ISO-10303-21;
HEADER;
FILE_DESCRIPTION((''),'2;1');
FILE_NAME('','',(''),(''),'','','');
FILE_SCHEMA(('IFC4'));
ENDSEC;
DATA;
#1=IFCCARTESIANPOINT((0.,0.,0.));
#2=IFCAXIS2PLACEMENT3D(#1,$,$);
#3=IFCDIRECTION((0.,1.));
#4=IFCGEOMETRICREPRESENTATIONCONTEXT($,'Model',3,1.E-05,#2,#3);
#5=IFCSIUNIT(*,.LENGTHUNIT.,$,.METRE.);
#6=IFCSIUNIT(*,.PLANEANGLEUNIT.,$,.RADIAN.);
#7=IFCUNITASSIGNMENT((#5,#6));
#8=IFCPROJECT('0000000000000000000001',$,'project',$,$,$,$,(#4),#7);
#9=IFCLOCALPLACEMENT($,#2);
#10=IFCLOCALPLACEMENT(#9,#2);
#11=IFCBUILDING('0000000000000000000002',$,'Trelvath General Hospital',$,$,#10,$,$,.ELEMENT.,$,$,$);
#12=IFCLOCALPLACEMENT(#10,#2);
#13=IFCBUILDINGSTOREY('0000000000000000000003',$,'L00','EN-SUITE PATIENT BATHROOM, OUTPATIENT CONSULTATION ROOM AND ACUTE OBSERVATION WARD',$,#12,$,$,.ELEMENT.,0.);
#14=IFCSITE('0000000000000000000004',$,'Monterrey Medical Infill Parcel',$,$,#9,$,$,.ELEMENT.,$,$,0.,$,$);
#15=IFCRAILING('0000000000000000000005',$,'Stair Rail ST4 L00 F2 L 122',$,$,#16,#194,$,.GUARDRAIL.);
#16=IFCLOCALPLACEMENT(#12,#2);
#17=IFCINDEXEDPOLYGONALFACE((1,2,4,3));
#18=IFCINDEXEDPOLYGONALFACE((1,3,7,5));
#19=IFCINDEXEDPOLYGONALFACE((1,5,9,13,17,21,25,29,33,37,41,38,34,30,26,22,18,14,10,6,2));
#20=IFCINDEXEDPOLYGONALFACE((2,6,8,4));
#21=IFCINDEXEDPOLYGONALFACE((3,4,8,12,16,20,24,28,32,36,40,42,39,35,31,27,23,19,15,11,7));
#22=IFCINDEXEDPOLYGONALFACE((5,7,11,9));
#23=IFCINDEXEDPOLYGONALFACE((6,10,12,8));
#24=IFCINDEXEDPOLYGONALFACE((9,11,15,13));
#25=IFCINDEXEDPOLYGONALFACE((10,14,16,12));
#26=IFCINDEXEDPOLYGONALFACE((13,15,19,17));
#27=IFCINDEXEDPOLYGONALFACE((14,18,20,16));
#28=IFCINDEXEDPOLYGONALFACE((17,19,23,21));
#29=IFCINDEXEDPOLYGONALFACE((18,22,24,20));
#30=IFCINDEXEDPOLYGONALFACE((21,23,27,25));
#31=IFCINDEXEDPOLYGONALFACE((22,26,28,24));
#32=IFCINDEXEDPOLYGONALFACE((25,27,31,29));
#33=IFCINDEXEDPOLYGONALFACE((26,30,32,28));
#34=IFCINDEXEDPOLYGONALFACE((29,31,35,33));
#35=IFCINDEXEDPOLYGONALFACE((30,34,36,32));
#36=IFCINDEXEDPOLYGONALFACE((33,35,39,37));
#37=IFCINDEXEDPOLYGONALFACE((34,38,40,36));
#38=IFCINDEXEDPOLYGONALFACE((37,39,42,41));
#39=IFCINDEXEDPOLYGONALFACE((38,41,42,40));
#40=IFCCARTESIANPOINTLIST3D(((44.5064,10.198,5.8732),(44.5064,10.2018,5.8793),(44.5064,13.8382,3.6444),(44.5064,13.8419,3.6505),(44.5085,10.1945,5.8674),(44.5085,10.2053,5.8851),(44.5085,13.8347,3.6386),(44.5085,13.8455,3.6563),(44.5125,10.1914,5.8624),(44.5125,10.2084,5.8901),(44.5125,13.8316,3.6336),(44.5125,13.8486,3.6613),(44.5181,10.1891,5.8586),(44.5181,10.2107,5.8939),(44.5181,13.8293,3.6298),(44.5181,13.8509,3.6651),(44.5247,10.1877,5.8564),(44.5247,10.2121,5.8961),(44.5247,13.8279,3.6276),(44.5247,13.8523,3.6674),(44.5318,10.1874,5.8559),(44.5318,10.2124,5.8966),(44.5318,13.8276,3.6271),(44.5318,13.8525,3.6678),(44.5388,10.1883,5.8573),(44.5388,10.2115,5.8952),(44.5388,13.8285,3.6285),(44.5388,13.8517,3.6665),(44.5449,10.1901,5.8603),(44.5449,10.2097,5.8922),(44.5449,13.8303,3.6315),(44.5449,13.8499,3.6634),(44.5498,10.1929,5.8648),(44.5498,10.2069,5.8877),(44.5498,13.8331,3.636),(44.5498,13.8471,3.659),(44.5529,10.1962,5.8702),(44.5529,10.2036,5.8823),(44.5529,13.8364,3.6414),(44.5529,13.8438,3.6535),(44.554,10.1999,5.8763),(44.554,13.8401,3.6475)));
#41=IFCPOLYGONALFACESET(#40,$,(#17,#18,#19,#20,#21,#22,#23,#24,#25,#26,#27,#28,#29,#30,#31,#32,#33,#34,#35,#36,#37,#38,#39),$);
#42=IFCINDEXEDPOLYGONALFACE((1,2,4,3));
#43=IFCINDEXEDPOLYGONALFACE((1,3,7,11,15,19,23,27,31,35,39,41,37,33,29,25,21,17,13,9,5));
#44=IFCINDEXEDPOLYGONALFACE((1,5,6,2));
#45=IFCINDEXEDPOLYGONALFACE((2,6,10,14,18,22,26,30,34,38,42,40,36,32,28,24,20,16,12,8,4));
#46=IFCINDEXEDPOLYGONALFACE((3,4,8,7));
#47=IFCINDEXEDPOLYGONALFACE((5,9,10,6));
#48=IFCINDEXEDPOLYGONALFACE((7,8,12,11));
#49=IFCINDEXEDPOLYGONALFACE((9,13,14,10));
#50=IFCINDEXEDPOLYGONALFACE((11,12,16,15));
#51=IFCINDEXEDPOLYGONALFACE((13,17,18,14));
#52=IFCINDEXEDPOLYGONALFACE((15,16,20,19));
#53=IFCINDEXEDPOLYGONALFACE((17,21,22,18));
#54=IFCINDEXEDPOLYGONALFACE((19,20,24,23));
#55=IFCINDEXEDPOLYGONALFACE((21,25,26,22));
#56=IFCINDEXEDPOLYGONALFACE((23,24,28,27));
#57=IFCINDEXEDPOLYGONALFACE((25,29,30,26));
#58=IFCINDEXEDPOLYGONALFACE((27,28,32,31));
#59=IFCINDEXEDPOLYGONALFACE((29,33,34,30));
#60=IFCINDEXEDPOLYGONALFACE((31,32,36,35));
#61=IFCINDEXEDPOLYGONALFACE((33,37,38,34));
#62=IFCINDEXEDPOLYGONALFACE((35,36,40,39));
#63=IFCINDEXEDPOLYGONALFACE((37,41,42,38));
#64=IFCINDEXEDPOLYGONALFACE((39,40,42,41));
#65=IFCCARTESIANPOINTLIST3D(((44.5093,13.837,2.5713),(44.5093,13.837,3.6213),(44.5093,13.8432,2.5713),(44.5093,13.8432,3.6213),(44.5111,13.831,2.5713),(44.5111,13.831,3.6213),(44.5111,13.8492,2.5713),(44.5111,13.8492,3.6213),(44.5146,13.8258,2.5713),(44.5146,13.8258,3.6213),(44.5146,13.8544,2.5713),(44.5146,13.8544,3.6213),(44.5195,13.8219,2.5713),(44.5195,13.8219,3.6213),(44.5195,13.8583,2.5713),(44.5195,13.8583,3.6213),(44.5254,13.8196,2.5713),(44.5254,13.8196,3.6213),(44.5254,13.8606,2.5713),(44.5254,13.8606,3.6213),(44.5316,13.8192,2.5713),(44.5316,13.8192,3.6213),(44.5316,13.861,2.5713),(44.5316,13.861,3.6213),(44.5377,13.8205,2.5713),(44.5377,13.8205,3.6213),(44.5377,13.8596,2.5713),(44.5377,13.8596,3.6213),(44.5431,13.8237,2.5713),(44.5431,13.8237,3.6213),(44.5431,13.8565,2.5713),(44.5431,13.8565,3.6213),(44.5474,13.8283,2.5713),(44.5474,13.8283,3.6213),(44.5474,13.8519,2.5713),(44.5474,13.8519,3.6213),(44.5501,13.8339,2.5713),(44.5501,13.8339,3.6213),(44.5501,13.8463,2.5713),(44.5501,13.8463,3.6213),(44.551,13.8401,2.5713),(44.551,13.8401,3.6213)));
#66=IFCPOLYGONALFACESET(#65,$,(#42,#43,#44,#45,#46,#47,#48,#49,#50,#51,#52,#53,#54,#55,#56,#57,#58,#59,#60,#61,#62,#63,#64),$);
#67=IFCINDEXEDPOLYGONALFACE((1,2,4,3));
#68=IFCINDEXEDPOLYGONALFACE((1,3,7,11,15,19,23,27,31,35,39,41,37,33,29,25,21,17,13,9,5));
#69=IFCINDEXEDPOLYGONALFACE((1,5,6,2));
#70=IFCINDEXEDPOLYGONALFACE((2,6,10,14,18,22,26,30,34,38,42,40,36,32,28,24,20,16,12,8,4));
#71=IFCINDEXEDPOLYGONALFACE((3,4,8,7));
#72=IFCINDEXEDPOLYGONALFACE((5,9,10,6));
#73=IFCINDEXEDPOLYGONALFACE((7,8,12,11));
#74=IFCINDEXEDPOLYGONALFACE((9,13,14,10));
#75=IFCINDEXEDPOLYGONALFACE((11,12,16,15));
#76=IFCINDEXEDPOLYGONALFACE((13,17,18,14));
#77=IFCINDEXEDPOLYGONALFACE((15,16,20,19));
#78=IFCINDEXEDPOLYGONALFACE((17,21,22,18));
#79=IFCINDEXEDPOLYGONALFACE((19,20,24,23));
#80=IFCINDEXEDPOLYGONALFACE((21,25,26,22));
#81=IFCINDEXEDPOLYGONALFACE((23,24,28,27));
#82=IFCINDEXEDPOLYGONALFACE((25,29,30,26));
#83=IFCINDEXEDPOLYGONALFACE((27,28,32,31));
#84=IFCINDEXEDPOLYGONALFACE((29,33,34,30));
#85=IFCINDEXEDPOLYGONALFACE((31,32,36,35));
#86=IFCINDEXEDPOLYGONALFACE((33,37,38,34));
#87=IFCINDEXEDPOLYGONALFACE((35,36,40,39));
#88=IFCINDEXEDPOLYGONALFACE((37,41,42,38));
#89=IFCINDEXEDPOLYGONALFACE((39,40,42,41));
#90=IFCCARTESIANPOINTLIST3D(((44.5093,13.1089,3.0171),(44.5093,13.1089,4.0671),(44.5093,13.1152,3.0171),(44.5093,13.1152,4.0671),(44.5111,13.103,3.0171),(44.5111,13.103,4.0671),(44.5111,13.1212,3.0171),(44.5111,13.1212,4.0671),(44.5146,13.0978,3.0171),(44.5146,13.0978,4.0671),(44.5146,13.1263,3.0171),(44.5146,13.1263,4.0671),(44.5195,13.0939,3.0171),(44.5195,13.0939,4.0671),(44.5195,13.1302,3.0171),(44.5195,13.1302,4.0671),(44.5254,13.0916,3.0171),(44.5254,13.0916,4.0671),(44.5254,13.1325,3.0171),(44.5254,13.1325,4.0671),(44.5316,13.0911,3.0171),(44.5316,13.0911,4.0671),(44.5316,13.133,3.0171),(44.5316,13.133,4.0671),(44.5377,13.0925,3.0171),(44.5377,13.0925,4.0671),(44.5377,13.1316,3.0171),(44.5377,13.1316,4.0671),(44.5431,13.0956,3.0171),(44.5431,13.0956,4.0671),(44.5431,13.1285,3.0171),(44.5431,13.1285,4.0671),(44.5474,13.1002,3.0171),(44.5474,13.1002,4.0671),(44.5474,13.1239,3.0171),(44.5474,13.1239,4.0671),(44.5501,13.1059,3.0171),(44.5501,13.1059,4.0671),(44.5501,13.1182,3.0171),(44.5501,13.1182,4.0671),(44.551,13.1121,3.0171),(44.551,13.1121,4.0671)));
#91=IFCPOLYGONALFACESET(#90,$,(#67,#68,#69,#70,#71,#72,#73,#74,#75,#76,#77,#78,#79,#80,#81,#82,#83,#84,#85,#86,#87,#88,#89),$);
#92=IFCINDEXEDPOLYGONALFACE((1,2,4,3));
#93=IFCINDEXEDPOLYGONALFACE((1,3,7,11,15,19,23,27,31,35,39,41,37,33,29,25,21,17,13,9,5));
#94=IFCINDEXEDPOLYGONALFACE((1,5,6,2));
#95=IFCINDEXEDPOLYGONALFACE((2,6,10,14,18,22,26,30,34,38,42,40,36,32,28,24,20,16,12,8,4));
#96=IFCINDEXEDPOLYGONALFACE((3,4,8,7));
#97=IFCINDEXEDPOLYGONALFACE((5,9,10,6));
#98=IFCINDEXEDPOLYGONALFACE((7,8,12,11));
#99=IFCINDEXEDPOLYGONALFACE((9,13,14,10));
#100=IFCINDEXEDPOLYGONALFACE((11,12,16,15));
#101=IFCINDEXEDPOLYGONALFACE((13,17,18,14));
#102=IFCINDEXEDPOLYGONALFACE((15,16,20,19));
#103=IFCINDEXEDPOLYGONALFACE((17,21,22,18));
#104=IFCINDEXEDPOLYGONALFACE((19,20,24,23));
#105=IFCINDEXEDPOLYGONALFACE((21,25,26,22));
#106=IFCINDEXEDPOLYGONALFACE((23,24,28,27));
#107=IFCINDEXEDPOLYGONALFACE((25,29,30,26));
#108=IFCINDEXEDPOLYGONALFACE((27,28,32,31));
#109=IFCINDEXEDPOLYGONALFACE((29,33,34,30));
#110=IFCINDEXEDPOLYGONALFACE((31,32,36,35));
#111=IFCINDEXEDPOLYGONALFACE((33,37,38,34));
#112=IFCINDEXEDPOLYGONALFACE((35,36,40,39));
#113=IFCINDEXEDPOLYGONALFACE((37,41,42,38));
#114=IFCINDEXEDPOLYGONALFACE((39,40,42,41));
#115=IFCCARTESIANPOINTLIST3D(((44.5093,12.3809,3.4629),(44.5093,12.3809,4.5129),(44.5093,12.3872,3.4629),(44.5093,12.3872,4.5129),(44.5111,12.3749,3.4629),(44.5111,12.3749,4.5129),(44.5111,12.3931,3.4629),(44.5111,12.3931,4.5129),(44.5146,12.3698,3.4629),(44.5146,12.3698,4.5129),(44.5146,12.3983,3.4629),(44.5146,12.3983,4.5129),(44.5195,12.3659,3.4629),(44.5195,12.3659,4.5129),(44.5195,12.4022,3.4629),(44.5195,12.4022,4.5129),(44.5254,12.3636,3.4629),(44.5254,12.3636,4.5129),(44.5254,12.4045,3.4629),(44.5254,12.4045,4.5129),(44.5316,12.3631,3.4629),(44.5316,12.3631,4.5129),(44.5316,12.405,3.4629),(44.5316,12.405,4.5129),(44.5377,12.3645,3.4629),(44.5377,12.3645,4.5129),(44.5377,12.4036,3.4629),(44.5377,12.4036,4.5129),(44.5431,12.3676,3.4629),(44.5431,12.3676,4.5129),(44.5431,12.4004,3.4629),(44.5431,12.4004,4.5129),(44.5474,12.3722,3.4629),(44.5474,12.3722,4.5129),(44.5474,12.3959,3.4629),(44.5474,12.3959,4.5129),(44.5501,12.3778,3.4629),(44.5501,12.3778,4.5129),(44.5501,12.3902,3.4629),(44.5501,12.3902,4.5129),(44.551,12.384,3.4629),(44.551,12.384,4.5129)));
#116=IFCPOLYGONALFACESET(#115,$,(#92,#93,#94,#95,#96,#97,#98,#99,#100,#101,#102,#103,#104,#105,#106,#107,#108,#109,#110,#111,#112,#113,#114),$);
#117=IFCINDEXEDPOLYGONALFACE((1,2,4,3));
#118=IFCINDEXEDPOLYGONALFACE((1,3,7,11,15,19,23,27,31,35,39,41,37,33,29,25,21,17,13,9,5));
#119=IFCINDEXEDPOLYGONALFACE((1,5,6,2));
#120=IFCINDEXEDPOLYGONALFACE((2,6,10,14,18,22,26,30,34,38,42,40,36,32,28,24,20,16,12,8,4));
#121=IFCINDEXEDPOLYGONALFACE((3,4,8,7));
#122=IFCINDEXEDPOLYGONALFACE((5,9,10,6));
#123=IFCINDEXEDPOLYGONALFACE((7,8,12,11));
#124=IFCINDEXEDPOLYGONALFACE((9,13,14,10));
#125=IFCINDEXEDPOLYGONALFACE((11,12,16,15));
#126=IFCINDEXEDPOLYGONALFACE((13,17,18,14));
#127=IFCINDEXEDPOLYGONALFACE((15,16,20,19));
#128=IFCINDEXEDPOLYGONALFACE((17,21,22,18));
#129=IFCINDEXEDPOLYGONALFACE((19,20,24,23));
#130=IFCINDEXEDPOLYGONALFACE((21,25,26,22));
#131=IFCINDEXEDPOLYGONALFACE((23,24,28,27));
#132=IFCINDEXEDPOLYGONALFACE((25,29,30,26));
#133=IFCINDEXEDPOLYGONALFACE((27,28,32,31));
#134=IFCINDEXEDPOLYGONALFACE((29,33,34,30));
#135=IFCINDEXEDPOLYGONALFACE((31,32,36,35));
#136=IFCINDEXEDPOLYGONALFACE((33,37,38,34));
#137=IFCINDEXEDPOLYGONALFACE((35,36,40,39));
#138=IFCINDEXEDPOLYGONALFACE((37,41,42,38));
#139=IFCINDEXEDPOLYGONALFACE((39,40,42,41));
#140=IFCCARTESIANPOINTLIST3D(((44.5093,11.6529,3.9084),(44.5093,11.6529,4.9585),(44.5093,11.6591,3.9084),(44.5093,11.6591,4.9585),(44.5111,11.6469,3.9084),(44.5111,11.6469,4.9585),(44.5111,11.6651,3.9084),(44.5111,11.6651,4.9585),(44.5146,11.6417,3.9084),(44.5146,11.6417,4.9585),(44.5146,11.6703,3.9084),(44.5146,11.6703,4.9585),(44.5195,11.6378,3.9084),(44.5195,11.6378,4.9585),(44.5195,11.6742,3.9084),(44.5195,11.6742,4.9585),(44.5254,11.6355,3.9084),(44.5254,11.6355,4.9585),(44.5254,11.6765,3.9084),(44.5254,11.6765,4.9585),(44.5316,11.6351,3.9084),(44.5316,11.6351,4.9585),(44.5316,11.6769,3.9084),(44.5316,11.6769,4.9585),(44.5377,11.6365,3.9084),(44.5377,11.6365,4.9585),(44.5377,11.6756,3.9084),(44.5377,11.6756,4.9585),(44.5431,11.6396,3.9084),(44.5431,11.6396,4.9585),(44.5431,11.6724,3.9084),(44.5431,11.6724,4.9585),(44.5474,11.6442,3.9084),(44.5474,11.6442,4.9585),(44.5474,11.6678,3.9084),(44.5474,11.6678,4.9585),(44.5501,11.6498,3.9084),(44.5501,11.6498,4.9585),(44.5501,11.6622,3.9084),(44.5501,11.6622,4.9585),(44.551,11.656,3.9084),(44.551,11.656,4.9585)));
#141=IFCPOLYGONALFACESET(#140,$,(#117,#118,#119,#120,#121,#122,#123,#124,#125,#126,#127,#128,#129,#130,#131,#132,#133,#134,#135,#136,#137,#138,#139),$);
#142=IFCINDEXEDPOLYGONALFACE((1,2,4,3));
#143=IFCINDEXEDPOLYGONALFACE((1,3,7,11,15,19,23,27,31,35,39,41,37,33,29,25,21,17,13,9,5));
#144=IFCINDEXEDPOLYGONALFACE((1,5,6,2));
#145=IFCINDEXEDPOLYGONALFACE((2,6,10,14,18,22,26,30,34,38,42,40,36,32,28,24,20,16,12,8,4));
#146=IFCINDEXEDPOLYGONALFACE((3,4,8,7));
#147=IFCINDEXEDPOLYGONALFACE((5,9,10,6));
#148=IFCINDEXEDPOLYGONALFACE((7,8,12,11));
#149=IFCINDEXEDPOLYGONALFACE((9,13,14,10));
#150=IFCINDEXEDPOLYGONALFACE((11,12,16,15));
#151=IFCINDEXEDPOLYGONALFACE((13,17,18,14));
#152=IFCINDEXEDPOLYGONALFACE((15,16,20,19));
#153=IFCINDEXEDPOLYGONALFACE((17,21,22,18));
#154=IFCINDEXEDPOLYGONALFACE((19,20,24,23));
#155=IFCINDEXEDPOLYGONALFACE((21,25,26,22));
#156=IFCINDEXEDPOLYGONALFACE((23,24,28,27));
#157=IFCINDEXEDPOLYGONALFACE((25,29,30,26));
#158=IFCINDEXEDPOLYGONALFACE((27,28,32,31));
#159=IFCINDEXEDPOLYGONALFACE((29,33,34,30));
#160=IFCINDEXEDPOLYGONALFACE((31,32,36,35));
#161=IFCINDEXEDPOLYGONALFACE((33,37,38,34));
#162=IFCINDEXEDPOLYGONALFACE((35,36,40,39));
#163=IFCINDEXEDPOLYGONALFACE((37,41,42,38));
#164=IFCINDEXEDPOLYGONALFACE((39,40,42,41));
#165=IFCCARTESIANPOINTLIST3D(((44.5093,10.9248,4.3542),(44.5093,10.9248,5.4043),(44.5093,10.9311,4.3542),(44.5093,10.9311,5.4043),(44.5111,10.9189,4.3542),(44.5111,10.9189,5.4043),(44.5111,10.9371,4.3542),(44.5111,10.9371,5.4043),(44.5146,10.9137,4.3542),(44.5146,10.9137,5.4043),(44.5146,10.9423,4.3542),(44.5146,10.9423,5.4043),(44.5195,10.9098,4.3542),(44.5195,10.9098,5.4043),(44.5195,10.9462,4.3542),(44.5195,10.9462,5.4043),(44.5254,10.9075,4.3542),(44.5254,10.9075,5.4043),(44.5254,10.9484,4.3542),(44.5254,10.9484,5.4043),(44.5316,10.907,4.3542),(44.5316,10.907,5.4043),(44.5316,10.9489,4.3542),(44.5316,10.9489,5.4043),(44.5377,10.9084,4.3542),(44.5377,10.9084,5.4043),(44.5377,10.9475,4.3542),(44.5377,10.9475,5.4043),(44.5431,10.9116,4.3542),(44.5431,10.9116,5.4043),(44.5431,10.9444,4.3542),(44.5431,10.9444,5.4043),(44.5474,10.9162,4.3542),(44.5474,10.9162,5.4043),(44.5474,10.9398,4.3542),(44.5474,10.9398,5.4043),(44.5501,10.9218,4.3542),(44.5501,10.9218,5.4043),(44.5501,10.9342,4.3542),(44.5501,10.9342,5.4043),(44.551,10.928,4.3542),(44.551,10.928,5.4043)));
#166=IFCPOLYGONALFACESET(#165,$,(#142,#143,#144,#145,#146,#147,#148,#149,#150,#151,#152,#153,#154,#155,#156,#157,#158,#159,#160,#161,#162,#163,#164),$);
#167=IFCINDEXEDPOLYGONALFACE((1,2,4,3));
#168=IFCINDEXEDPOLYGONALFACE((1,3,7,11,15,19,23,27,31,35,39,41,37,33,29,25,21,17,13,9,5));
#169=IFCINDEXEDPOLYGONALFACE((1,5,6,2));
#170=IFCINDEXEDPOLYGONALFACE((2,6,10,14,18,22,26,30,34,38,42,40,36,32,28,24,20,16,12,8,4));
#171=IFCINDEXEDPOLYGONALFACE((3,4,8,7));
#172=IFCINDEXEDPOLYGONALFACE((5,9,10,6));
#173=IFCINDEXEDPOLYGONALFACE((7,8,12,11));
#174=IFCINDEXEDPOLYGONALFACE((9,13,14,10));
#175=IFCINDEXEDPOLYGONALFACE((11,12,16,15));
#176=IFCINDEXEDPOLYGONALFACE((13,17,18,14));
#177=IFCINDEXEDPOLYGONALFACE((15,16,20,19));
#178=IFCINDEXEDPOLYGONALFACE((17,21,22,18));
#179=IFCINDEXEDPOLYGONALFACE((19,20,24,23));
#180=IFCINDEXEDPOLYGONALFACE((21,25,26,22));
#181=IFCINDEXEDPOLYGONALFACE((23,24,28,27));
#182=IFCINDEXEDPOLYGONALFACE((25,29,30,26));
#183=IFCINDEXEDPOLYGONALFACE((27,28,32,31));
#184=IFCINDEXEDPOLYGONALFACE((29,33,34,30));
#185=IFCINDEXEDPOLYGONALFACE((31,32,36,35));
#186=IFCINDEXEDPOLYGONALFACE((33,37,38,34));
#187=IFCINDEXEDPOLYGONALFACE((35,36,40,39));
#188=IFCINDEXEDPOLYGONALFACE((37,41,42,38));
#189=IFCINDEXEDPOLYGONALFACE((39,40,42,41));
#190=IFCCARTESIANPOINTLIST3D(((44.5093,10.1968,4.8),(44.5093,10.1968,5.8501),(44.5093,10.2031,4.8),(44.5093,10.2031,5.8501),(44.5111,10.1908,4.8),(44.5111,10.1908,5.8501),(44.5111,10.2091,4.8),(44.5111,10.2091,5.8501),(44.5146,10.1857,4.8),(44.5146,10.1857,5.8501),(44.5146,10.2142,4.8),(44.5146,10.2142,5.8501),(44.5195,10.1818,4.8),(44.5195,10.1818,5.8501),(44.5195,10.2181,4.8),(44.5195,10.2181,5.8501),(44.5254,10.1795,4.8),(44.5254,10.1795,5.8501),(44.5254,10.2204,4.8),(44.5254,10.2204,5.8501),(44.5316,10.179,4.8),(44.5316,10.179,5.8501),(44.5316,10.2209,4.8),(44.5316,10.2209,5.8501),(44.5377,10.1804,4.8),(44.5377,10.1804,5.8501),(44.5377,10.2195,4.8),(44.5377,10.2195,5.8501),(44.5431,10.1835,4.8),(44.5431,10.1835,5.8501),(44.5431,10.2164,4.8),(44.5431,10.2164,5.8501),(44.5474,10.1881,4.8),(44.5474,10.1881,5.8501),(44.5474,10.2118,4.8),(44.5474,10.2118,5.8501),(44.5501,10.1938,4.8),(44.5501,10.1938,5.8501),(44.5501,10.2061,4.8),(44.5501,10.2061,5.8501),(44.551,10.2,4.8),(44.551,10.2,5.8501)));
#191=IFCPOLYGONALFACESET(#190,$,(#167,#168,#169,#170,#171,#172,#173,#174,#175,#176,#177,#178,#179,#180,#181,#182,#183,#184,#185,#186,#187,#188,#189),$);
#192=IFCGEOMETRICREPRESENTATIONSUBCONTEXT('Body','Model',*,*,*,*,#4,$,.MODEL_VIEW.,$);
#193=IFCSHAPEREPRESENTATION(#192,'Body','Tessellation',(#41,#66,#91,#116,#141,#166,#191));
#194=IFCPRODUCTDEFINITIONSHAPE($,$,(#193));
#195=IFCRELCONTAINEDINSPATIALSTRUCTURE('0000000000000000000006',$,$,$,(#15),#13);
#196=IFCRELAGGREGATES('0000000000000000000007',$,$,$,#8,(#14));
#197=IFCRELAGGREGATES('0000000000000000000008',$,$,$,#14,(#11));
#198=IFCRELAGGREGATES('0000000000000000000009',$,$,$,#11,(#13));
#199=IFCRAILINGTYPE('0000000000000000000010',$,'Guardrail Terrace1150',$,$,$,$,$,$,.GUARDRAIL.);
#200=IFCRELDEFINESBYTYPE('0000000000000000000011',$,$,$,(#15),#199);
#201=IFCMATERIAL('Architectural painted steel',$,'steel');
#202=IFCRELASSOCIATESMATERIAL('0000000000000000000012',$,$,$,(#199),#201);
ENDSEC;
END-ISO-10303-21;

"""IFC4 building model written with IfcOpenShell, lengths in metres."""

from ifc_helpers import new_model, si_unit, direction, frame, origin, origin_2d, place, context, subcontext, project, spatial, circle, extrude, material, type_object, element, save


model = new_model("IFC4")

# Units and contexts
model_context = context("Model", 3, precision=1e-05, world=origin(), true_north=direction((0.0, 1.0)))
body_context = subcontext(model_context, "Body", "Model", "MODEL_VIEW")
ifc_project = project(units=[si_unit("LENGTHUNIT", "METRE"), si_unit("PLANEANGLEUNIT", "RADIAN")], contexts=[model_context])

# Site, building, storey
site_placement = place(None, origin())
site = spatial("IfcSite", under=ifc_project, at=site_placement, Name="Monterrey Medical Infill Parcel", CompositionType="ELEMENT", RefElevation=0.0)
building_placement = place(site_placement, origin())
building = spatial("IfcBuilding", under=site, at=building_placement, Name="Trelvath General Hospital", CompositionType="ELEMENT")
storey_placement = place(building_placement, origin())
storey = spatial("IfcBuildingStorey", under=building, at=storey_placement, Name="L00", Description="EN-SUITE PATIENT BATHROOM, OUTPATIENT CONSULTATION ROOM AND ACUTE OBSERVATION WARD", CompositionType="ELEMENT", Elevation=0.0)

# Railing
ifc_material_1 = material(Name="Architectural painted steel", Category="steel")
railing_type_1 = type_object("IfcRailingType", Name="Guardrail Terrace1150", PredefinedType="GUARDRAIL", material=ifc_material_1)
railing_1_placement = place(storey_placement, frame((44.53, 13.8401, 2.5713)))
element("IfcRailing", 1, at=railing_1_placement, inside=storey, type_object=railing_type_1, Name="Stair Rail ST4 L00 F2 L 122", PredefinedType="GUARDRAIL", context=body_context, shape_type="SweptSolid", body=[
    extrude(circle(Radius=0.0239, at=origin_2d()), frame((0.0, 0.0, 1.0762), z_axis=(0.0, -0.85284, 0.522172), x_axis=(1.0, 0.0, 0.0)), (0.0, 0.0, 1.0), 4.2683),
    extrude(circle(Radius=0.021, at=origin_2d()), origin(), (0.0, 0.0, 1.0), 1.05),
    extrude(circle(Radius=0.021, at=origin_2d()), frame((0.0, -0.728, 0.4458)), (0.0, 0.0, 1.0), 1.05),
    extrude(circle(Radius=0.021, at=origin_2d()), frame((0.0, -1.4561, 0.8916)), (0.0, 0.0, 1.0), 1.05),
    extrude(circle(Radius=0.021, at=origin_2d()), frame((0.0, -2.1841, 1.3372)), (0.0, 0.0, 1.0), 1.05),
    extrude(circle(Radius=0.021, at=origin_2d()), frame((0.0, -2.9121, 1.783)), (0.0, 0.0, 1.0), 1.05),
    extrude(circle(Radius=0.021, at=origin_2d()), frame((0.0, -3.6401, 2.2288)), (0.0, 0.0, 1.0), 1.05),
])

save(model, "model.ifc")
